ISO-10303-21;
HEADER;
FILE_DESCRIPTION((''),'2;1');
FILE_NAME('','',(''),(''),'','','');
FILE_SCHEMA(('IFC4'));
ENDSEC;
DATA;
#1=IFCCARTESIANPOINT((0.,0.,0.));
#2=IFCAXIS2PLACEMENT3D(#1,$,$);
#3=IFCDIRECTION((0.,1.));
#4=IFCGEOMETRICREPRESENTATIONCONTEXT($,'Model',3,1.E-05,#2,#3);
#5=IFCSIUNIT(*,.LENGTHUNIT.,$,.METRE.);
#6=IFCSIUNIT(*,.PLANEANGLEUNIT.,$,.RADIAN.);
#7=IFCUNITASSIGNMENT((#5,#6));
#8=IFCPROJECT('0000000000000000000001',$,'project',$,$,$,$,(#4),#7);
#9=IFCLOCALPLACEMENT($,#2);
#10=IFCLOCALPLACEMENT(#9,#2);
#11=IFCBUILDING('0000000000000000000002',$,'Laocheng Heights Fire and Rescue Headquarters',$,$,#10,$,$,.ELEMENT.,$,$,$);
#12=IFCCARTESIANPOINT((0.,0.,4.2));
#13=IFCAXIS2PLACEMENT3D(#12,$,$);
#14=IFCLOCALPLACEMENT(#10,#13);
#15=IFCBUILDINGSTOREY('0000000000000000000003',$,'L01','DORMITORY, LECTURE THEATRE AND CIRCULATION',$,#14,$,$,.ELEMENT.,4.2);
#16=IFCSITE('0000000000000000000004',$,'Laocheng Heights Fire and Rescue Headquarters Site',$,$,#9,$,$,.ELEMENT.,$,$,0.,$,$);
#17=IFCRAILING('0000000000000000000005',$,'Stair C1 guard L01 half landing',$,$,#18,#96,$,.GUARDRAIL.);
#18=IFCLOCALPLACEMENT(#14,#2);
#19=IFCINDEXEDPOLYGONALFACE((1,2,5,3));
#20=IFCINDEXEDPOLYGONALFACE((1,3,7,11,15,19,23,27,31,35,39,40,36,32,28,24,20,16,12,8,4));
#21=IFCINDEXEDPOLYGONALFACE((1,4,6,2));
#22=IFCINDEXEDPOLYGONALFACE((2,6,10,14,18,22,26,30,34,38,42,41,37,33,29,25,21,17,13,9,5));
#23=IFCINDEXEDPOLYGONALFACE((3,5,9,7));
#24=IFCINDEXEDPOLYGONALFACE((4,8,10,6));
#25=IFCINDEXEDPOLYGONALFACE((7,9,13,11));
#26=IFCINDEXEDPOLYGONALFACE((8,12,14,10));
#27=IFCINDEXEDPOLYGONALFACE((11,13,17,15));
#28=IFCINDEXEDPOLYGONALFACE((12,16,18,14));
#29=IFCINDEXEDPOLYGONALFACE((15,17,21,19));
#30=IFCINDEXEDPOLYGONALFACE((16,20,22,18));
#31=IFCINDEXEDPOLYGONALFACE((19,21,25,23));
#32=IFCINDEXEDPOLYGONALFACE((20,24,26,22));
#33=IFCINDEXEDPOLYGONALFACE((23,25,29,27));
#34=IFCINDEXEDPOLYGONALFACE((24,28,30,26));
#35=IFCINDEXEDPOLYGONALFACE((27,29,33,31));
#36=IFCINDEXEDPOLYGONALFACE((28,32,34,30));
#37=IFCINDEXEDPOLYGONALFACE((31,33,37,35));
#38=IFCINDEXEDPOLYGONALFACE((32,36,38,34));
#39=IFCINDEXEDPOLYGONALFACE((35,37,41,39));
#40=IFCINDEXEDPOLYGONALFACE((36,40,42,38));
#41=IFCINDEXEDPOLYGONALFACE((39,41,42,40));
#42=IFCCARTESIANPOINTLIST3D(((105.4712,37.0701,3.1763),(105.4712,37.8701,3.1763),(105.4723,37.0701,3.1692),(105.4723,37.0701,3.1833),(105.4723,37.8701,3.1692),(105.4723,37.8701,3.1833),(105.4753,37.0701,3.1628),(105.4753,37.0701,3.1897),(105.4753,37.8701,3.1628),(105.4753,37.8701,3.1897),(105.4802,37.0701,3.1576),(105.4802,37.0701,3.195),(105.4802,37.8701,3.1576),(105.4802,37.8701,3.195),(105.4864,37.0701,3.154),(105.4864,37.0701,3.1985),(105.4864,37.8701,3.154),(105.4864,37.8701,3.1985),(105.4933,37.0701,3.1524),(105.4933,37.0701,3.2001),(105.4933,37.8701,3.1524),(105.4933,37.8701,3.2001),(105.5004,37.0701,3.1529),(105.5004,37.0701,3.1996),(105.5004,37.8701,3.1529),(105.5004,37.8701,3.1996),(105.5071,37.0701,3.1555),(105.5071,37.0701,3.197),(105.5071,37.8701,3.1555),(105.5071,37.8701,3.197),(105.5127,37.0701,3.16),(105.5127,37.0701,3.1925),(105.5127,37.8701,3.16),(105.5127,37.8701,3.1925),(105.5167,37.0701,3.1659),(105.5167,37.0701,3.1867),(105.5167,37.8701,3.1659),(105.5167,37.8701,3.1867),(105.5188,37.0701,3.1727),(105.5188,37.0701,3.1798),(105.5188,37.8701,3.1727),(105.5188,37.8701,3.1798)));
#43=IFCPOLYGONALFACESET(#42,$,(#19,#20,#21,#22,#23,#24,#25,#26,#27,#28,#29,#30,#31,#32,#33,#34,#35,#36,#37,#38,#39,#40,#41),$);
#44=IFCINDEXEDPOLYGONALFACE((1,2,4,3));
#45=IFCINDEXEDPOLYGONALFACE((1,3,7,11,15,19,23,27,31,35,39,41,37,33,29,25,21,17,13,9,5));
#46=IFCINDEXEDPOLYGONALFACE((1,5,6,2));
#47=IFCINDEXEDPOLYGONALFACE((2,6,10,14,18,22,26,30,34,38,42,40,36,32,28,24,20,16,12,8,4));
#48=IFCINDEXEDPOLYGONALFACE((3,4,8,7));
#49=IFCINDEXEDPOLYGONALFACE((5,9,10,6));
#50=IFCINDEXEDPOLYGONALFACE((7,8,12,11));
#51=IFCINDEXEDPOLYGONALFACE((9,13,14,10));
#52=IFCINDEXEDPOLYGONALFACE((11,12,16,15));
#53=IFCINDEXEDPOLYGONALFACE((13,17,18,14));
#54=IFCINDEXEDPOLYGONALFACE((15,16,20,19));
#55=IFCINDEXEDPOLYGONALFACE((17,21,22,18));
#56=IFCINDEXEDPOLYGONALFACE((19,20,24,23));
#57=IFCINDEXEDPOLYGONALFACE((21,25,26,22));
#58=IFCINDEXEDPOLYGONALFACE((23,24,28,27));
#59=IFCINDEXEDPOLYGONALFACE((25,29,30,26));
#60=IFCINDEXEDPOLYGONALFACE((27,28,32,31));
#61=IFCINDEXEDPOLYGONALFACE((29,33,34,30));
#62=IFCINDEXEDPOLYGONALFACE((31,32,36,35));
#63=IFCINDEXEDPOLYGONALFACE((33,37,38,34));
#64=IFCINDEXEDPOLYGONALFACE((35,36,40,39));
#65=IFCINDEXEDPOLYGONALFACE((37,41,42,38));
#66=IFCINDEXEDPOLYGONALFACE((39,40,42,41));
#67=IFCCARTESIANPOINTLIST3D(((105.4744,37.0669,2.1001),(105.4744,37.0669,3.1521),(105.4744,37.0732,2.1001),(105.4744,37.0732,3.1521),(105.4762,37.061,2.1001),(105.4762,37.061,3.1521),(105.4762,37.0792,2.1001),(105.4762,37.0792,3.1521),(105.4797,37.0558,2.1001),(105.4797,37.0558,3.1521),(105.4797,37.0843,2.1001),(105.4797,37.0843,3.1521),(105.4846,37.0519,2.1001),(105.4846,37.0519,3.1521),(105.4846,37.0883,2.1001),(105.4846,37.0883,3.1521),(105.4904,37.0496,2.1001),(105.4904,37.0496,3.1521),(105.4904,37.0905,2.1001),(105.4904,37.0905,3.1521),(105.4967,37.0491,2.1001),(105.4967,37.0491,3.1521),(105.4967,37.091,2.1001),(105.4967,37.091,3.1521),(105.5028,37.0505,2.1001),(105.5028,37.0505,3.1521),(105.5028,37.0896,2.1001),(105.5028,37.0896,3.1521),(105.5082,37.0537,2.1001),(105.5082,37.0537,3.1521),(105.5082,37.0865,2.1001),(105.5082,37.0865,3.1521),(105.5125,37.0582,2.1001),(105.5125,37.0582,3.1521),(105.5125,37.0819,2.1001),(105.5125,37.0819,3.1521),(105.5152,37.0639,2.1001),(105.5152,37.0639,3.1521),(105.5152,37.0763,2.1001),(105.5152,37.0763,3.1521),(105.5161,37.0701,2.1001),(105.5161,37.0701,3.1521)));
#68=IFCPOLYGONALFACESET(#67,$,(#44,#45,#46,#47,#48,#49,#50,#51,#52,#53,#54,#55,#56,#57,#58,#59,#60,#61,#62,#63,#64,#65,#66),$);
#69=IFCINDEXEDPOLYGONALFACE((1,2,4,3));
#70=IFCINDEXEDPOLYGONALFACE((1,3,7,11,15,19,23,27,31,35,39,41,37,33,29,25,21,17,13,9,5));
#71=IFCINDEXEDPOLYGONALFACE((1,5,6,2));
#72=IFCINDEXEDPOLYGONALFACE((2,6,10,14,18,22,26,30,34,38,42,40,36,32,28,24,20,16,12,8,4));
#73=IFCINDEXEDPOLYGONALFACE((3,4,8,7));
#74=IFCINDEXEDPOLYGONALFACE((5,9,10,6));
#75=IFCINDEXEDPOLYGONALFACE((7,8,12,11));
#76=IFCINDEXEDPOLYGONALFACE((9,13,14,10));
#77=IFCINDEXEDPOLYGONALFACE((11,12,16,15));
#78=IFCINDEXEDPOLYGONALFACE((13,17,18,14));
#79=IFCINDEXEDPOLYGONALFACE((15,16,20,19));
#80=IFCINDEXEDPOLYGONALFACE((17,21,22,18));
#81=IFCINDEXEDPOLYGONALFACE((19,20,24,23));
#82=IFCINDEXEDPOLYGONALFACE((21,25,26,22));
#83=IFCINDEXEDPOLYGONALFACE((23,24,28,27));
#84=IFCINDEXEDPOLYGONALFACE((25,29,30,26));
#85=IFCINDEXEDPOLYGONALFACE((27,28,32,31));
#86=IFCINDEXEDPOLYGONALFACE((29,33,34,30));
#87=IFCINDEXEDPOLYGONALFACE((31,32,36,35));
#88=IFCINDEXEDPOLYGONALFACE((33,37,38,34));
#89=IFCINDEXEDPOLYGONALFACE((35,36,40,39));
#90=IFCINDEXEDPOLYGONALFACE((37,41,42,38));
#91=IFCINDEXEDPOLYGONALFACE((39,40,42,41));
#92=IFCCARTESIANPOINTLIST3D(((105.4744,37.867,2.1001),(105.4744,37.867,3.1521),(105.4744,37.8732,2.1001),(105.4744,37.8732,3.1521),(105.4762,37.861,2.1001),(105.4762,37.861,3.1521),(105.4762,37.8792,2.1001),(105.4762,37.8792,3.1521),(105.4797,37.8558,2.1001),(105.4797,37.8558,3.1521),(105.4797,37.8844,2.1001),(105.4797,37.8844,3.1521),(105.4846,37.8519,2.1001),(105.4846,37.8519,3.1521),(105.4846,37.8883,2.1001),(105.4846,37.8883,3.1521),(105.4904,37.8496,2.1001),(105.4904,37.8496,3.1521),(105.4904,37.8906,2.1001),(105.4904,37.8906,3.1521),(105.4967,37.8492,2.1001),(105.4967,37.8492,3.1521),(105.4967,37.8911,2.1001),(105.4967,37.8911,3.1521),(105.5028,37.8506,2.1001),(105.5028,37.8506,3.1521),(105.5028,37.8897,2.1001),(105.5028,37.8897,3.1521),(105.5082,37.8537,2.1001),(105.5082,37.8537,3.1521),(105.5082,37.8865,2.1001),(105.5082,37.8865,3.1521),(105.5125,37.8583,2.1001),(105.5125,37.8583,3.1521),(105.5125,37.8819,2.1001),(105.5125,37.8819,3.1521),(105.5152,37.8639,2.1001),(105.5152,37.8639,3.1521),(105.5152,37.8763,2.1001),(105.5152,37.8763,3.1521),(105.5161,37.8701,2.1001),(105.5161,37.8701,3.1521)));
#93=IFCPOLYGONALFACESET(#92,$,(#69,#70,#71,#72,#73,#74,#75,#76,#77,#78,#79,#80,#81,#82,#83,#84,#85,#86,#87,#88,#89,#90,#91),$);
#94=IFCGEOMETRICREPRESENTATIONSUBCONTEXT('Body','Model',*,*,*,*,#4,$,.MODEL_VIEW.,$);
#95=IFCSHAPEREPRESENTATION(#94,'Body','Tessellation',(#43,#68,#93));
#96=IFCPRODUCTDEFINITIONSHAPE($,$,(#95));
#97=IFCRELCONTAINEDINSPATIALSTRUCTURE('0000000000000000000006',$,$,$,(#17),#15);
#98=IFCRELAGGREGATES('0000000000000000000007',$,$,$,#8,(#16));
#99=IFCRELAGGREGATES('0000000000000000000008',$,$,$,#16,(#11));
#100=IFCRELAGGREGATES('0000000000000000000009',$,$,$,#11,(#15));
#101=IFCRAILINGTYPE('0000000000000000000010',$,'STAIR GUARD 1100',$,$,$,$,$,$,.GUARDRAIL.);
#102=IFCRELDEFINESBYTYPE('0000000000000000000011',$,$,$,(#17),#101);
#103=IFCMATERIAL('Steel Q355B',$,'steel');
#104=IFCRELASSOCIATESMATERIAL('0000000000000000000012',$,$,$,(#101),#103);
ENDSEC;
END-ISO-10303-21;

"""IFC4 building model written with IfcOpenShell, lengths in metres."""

from ifc_helpers import new_model, si_unit, direction, frame, origin, origin_2d, place, context, subcontext, project, spatial, circle, extrude, material, type_object, element, save


model = new_model("IFC4")

# Units and contexts
model_context = context("Model", 3, precision=1e-05, world=origin(), true_north=direction((0.0, 1.0)))
body_context = subcontext(model_context, "Body", "Model", "MODEL_VIEW")
ifc_project = project(units=[si_unit("LENGTHUNIT", "METRE"), si_unit("PLANEANGLEUNIT", "RADIAN")], contexts=[model_context])

# Site, building, storey
site_placement = place(None, origin())
site = spatial("IfcSite", under=ifc_project, at=site_placement, Name="Laocheng Heights Fire and Rescue Headquarters Site", CompositionType="ELEMENT", RefElevation=0.0)
building_placement = place(site_placement, origin())
building = spatial("IfcBuilding", under=site, at=building_placement, Name="Laocheng Heights Fire and Rescue Headquarters", CompositionType="ELEMENT")
storey_placement = place(building_placement, frame((0.0, 0.0, 4.2)))
storey = spatial("IfcBuildingStorey", under=building, at=storey_placement, Name="L01", Description="DORMITORY, LECTURE THEATRE AND CIRCULATION", CompositionType="ELEMENT", Elevation=4.2)

# Railing
ifc_material_1 = material(Name="Steel Q355B", Category="steel")
railing_type_1 = type_object("IfcRailingType", Name="STAIR GUARD 1100", PredefinedType="GUARDRAIL", material=ifc_material_1)
railing_1_placement = place(storey_placement, frame((105.4951, 37.0701, 2.1001)))
element("IfcRailing", 1, at=railing_1_placement, inside=storey, type_object=railing_type_1, Name="Stair C1 guard L01 half landing", PredefinedType="GUARDRAIL", context=body_context, shape_type="SweptSolid", body=[
    extrude(circle(Radius=0.0239, at=origin_2d()), frame((0.0, 0.0, 1.0762), z_axis=(0.0, 1.0, 0.0), x_axis=(-1.0, 0.0, 0.0)), (0.0, 0.0, 1.0), 0.8),
    extrude(circle(Radius=0.021, at=origin_2d()), origin(), (0.0, 0.0, 1.0), 1.052),
    extrude(circle(Radius=0.021, at=origin_2d()), frame((0.0, 0.8, 0.0)), (0.0, 0.0, 1.0), 1.052),
])

save(model, "model.ifc")
